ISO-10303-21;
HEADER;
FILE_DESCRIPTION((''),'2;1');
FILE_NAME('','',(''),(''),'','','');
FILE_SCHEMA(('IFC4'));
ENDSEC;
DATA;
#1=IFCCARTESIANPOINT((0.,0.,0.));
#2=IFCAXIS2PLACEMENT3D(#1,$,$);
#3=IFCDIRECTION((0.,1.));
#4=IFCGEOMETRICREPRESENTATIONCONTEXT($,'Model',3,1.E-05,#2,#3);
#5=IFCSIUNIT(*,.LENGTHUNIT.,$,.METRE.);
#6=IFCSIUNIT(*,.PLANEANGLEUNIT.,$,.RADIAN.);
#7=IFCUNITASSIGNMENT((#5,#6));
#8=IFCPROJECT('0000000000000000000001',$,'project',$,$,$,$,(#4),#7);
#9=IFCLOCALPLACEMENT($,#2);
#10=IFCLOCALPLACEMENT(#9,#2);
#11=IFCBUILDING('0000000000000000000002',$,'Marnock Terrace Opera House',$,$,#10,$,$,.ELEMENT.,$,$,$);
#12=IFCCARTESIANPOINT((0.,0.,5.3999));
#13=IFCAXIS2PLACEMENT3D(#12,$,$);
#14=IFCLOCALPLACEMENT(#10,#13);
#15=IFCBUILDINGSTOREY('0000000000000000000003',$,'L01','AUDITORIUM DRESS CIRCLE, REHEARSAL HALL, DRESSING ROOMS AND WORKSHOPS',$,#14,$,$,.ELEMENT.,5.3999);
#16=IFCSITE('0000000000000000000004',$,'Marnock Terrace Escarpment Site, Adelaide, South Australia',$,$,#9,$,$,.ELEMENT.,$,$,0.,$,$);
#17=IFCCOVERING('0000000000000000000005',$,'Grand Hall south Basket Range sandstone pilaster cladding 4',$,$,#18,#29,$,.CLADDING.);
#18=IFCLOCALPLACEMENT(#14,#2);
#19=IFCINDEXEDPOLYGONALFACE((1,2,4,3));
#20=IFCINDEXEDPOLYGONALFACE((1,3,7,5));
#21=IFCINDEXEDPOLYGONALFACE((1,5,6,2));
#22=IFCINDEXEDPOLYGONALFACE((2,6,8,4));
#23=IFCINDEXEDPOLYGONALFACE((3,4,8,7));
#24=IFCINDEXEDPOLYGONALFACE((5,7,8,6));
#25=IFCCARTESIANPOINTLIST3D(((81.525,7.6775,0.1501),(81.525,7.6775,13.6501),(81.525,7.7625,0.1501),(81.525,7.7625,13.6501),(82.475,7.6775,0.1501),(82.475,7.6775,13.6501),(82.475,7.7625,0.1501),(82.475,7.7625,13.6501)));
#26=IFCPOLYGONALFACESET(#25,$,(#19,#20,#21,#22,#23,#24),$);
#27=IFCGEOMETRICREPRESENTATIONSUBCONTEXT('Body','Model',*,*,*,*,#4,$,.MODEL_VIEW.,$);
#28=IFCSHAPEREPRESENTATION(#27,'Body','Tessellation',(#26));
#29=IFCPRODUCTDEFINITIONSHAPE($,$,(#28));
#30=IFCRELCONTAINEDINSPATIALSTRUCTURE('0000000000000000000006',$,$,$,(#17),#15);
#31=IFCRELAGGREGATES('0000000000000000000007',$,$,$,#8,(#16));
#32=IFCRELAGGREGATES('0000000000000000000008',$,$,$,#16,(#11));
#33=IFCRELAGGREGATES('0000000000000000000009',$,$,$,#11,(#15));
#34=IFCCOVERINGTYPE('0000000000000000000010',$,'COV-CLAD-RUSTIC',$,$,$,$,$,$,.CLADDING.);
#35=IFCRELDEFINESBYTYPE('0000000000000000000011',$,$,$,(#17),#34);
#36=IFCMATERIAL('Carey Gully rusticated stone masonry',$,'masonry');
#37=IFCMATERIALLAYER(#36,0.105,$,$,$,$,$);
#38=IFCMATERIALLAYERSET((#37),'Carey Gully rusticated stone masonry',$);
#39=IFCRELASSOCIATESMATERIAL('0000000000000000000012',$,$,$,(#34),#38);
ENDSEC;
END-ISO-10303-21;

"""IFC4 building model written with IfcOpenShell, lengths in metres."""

from ifc_helpers import new_model, si_unit, direction, frame, origin, origin_2d, place, context, subcontext, project, spatial, rectangle, extrude, material, layer, layer_set, type_object, element, save


model = new_model("IFC4")

# Units and contexts
model_context = context("Model", 3, precision=1e-05, world=origin(), true_north=direction((0.0, 1.0)))
body_context = subcontext(model_context, "Body", "Model", "MODEL_VIEW")
ifc_project = project(units=[si_unit("LENGTHUNIT", "METRE"), si_unit("PLANEANGLEUNIT", "RADIAN")], contexts=[model_context])

# Site, building, storey
site_placement = place(None, origin())
site = spatial("IfcSite", under=ifc_project, at=site_placement, Name="Marnock Terrace Escarpment Site, Adelaide, South Australia", CompositionType="ELEMENT", RefElevation=0.0)
building_placement = place(site_placement, origin())
building = spatial("IfcBuilding", under=site, at=building_placement, Name="Marnock Terrace Opera House", CompositionType="ELEMENT")
storey_placement = place(building_placement, frame((0.0, 0.0, 5.3999)))
storey = spatial("IfcBuildingStorey", under=building, at=storey_placement, Name="L01", Description="AUDITORIUM DRESS CIRCLE, REHEARSAL HALL, DRESSING ROOMS AND WORKSHOPS", CompositionType="ELEMENT", Elevation=5.3999)

# Covering
ifc_material_1 = material(Name="Carey Gully rusticated stone masonry", Category="masonry")
ifc_layer_1 = layer(ifc_material_1, 0.105)
ifc_layer_set_1 = layer_set([ifc_layer_1], Name="Carey Gully rusticated stone masonry")
covering_type_1 = type_object("IfcCoveringType", Name="COV-CLAD-RUSTIC", PredefinedType="CLADDING", material=ifc_layer_set_1)
covering_1_placement = place(storey_placement, frame((82.0, 7.72, 0.1501), z_axis=(0.0, 0.0, 1.0), x_axis=(1.0, 0.0, 0.0)))
element("IfcCovering", 1, at=covering_1_placement, inside=storey, type_object=covering_type_1, Name="Grand Hall south Basket Range sandstone pilaster cladding 4", PredefinedType="CLADDING", context=body_context, shape_type="SweptSolid", body=[
    extrude(rectangle(XDim=0.95, YDim=0.085, at=origin_2d()), origin(), (0.0, 0.0, 1.0), 13.5),
])

save(model, "model.ifc")
